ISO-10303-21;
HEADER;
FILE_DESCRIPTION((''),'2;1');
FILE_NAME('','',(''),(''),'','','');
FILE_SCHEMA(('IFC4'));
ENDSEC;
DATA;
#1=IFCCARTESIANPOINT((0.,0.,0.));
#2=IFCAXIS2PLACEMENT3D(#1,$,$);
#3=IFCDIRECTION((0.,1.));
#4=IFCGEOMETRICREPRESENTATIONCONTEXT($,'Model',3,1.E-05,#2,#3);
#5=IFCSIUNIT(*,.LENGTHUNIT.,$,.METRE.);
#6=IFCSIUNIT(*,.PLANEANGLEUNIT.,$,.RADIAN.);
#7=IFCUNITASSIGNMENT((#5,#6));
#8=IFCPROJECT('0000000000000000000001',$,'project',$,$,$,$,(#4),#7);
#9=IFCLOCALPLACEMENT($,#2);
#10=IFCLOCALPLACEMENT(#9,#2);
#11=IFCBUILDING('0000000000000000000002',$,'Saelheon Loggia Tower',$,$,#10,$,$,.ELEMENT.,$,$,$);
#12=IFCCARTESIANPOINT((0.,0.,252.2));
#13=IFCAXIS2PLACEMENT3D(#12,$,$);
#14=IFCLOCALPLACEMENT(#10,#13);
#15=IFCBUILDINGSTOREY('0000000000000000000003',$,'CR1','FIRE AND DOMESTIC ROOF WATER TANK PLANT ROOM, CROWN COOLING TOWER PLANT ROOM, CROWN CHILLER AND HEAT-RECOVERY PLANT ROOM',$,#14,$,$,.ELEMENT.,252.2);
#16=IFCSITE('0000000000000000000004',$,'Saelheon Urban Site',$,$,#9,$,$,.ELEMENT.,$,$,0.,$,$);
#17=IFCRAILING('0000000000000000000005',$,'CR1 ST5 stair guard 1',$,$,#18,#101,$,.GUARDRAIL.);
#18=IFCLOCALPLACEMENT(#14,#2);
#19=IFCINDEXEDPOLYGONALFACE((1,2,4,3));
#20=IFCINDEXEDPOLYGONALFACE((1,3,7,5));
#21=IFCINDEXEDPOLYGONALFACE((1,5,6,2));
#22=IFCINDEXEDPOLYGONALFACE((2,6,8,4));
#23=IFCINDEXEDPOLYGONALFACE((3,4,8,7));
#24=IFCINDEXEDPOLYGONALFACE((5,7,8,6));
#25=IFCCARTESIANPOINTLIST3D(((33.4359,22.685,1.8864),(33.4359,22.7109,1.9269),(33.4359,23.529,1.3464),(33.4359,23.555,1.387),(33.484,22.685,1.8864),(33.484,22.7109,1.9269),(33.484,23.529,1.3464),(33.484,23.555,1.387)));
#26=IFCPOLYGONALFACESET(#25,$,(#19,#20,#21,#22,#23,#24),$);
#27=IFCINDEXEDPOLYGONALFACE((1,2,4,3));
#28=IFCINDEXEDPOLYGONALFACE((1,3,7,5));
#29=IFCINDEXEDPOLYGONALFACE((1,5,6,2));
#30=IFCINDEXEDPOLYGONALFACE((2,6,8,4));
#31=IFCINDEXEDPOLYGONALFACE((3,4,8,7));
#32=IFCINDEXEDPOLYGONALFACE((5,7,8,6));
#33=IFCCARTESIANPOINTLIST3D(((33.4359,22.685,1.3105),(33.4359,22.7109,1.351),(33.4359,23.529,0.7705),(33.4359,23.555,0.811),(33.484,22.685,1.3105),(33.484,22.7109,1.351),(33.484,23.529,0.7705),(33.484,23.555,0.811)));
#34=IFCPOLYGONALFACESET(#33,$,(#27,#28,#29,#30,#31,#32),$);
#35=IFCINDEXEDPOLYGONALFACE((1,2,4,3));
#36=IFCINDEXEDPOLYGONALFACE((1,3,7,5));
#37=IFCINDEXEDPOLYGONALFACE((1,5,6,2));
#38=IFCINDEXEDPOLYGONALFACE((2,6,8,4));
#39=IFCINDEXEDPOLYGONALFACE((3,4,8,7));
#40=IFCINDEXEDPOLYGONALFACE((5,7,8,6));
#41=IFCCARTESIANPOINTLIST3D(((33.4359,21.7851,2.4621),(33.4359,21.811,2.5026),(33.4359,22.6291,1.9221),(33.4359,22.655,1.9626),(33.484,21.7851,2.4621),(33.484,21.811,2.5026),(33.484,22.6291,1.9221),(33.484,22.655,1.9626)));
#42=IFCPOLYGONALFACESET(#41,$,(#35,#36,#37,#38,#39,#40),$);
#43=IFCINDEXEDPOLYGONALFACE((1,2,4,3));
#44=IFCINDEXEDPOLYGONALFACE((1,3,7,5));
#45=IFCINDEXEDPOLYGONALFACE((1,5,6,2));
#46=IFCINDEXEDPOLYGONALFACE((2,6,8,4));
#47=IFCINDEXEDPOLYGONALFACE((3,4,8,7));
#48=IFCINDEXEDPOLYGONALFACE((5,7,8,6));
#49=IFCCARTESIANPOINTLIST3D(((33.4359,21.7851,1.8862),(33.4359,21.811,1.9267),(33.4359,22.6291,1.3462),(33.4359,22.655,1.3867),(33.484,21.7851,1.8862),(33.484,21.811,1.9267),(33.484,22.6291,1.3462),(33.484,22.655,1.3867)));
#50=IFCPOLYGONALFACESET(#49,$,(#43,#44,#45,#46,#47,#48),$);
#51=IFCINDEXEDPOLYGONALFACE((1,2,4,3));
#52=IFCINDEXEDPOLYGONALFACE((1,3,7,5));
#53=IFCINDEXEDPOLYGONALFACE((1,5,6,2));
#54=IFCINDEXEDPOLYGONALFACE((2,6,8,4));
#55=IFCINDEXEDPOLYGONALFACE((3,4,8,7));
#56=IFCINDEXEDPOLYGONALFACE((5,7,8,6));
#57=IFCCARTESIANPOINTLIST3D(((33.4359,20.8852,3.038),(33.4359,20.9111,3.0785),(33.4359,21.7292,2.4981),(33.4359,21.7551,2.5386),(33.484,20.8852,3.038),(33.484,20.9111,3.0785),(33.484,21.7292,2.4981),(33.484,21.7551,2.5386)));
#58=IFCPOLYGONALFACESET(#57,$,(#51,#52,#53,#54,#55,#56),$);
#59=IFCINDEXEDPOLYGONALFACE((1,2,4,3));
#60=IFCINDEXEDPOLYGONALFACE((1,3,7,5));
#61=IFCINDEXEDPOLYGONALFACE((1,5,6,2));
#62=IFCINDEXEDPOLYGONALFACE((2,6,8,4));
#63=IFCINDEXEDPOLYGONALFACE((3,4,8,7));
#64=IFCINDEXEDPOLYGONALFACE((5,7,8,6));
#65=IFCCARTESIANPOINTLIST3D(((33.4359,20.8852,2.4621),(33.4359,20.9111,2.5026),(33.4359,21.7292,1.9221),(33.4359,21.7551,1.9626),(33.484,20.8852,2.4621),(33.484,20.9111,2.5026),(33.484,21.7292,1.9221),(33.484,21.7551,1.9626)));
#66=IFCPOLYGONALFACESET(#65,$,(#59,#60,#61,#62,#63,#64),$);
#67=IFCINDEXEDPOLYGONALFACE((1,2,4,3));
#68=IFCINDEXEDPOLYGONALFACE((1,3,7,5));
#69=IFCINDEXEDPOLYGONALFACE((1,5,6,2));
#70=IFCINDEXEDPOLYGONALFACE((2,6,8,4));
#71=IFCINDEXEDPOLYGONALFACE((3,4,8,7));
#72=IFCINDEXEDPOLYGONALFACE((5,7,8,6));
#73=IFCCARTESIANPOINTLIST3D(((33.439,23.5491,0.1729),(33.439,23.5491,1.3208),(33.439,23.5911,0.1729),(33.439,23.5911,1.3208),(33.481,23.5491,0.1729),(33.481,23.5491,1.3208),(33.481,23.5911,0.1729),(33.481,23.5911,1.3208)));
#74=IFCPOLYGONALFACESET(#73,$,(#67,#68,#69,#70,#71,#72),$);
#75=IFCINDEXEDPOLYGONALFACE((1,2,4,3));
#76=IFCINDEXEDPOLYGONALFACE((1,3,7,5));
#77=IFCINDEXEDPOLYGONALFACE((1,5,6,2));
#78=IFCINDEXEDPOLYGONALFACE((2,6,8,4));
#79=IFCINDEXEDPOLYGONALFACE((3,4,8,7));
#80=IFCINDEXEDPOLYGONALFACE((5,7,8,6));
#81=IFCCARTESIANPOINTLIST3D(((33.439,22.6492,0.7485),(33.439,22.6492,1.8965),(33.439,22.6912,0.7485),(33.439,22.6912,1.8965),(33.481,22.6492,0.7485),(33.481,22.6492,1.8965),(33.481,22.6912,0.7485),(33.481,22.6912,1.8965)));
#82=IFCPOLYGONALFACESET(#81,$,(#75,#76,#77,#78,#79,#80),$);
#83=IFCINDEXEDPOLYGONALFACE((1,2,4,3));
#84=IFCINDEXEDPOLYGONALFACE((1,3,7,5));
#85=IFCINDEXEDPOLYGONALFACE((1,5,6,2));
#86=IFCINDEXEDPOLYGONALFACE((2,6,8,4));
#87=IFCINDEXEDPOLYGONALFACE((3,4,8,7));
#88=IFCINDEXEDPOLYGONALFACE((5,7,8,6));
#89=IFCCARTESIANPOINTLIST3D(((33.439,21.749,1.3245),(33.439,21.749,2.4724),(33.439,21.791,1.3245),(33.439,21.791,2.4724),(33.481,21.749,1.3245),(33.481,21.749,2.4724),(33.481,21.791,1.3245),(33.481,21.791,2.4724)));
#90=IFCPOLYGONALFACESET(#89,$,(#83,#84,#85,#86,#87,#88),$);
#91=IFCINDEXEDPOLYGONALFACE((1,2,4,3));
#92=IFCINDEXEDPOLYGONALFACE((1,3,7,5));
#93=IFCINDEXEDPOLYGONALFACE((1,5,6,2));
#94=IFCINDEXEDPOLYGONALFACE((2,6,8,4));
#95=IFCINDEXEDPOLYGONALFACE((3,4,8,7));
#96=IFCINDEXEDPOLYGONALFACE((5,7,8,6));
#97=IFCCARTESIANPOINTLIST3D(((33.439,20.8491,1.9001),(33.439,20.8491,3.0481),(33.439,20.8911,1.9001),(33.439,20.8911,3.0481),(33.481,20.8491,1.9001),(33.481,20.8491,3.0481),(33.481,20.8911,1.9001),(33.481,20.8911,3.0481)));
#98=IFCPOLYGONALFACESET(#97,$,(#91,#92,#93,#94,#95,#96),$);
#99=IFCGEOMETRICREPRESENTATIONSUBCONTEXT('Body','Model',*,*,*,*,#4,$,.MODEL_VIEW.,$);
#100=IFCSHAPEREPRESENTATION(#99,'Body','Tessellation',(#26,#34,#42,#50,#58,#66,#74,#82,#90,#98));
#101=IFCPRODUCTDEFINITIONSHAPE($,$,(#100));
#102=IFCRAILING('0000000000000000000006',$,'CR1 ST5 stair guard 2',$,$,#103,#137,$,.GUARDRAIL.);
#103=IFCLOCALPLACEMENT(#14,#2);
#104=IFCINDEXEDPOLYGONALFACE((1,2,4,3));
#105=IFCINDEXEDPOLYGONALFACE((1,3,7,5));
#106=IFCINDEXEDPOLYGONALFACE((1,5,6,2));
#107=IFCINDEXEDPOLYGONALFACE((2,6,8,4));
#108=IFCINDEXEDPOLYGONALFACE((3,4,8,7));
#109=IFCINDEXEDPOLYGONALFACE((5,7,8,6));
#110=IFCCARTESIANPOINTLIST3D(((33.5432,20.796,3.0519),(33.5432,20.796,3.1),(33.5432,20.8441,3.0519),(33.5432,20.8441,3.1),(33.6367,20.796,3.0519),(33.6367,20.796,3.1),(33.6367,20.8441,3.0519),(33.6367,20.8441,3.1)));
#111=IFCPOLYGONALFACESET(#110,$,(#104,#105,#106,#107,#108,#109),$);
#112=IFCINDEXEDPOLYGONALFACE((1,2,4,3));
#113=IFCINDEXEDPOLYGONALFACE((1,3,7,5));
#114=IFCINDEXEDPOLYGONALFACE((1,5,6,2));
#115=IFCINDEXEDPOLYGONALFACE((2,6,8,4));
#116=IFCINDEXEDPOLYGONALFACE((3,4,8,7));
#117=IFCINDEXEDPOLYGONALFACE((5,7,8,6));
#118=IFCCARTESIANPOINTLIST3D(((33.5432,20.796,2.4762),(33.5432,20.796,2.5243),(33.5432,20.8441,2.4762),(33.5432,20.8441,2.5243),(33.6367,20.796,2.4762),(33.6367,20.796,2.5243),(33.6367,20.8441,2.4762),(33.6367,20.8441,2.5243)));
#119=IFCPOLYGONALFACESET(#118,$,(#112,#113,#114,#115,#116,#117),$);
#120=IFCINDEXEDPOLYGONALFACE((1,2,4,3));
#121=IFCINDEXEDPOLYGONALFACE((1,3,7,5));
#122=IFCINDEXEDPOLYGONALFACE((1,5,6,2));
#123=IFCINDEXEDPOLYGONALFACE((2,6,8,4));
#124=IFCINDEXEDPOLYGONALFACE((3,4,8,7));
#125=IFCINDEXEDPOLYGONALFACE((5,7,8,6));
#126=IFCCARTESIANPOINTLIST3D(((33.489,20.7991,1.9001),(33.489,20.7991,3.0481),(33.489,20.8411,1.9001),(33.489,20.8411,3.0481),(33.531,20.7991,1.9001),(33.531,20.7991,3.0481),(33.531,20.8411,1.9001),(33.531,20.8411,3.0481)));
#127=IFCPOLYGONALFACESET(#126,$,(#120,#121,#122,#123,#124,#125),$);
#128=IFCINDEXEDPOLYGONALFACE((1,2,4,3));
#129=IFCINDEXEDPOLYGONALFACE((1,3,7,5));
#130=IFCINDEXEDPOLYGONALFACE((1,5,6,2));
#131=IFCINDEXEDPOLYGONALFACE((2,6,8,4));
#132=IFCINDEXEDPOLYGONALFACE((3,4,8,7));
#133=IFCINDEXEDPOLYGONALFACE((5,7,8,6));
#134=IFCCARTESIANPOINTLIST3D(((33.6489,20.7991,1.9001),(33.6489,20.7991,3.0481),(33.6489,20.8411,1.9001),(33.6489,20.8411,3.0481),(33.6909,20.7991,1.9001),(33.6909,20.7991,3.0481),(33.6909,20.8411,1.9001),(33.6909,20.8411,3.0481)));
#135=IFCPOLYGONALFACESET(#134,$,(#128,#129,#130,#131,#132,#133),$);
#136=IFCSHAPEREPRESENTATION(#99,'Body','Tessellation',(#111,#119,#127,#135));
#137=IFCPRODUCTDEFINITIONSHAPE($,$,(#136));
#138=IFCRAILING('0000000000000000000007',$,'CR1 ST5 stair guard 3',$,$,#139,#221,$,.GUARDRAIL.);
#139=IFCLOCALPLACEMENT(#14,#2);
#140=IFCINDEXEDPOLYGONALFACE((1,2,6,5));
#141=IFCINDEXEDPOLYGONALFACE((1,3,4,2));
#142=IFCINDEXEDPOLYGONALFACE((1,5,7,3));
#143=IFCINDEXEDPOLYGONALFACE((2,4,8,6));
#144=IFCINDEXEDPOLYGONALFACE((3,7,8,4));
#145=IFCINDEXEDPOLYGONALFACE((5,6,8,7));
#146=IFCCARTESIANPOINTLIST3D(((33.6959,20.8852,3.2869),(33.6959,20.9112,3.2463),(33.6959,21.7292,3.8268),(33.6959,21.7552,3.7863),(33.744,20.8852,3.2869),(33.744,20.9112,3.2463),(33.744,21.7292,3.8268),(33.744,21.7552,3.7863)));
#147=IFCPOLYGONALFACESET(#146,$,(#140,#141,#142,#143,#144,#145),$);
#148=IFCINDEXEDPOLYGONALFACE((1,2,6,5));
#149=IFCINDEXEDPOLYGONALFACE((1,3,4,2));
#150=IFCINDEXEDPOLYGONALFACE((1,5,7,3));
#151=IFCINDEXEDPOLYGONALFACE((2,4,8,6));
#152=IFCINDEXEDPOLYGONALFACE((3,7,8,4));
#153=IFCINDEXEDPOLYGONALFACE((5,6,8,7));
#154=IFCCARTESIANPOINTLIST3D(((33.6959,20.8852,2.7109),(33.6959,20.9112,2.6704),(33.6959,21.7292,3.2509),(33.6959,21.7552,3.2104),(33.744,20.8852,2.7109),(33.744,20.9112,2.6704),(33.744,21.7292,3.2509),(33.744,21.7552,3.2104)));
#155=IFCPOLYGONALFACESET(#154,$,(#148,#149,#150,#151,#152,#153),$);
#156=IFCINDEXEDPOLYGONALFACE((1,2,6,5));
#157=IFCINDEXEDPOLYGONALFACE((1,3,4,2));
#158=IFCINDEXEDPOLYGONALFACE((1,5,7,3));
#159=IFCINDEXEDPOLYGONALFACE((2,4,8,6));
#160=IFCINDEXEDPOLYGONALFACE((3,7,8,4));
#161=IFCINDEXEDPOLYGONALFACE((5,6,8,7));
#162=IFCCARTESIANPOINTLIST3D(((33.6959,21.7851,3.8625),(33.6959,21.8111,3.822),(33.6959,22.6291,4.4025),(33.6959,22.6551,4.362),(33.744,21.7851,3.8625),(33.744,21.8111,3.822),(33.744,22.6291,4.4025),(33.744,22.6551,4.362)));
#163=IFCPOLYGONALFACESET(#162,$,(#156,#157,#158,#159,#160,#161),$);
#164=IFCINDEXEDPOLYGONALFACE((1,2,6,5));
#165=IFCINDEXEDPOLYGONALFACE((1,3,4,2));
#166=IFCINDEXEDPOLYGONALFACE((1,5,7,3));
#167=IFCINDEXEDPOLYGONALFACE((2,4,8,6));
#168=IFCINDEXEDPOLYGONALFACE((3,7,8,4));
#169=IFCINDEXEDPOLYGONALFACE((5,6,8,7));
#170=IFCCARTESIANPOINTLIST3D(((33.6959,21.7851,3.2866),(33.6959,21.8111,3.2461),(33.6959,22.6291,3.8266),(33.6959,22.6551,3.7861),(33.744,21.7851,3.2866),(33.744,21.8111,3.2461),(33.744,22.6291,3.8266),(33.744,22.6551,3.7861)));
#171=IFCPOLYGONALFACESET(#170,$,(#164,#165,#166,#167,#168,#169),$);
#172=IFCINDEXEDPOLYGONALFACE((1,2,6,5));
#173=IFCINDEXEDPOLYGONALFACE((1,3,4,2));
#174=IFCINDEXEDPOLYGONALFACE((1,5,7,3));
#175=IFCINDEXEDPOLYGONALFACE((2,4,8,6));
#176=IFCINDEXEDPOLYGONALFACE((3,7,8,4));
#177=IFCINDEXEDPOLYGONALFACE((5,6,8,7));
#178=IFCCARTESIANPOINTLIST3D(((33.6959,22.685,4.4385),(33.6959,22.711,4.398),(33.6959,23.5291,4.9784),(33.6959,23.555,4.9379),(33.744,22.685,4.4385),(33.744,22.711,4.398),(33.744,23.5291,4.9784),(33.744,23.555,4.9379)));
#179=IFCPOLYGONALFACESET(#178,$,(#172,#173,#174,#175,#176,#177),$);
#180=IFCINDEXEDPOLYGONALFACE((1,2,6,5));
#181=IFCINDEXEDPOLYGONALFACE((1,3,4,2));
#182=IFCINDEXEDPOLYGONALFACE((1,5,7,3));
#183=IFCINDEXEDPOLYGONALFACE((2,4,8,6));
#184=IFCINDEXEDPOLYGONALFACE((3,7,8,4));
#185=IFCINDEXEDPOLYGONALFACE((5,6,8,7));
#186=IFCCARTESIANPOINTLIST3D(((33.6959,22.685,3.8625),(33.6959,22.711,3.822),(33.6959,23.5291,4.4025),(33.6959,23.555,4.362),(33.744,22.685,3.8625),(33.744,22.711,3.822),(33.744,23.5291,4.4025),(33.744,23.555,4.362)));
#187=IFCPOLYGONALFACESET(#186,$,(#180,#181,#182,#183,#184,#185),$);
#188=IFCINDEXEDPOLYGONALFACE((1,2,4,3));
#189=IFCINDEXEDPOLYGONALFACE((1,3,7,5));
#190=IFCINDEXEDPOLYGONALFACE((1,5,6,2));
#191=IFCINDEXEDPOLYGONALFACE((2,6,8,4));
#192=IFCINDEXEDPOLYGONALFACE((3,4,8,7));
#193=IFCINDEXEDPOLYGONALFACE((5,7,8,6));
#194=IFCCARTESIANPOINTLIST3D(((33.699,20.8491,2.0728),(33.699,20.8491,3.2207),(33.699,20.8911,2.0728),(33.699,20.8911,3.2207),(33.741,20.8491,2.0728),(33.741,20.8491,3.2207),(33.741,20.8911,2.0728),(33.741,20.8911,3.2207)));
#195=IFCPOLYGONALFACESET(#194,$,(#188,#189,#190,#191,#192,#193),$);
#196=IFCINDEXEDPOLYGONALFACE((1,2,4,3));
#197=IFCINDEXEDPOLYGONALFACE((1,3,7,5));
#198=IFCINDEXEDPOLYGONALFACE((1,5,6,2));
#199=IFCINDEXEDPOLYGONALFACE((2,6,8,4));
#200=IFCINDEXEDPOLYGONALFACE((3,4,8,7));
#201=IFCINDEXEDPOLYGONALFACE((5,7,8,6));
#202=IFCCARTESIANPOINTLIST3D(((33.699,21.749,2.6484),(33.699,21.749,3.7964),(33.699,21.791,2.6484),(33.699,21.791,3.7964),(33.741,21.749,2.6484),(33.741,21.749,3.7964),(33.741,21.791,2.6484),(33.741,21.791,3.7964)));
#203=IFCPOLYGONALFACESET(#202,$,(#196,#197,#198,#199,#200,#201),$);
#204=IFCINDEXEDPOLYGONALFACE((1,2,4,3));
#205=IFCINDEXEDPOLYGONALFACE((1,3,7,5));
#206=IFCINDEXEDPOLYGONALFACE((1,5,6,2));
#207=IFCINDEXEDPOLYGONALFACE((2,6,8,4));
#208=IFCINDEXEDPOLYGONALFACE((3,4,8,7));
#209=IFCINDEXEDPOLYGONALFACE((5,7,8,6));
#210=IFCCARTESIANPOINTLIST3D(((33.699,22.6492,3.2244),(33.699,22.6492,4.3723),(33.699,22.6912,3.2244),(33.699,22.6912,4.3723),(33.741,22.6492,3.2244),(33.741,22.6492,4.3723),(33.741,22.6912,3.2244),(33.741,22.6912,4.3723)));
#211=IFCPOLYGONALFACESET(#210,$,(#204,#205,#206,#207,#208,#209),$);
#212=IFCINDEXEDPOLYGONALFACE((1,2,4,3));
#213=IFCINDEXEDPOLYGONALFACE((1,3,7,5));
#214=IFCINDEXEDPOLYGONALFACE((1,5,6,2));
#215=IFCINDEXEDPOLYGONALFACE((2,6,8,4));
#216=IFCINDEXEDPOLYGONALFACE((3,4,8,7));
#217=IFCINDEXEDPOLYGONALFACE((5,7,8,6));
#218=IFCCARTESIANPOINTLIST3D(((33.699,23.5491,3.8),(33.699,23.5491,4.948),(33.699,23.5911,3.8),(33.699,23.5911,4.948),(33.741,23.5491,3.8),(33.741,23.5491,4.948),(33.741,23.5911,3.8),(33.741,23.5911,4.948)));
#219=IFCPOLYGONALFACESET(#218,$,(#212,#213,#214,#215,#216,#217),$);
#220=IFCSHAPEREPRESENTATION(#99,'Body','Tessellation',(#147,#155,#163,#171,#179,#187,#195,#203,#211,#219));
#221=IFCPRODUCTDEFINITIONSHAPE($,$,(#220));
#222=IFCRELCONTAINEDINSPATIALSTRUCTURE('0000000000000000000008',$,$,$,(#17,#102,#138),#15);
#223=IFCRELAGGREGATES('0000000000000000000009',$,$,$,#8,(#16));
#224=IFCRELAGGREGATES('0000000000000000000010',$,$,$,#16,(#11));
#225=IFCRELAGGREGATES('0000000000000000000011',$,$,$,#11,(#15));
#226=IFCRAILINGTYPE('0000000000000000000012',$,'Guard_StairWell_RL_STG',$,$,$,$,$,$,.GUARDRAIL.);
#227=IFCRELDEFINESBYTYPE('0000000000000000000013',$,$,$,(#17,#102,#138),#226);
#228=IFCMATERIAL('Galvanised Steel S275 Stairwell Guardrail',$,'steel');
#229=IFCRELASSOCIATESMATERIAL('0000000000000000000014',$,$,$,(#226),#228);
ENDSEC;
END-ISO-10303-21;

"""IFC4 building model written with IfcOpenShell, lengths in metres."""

from ifc_helpers import new_model, si_unit, direction, frame, origin, origin_2d, place, context, subcontext, project, spatial, rectangle, extrude, material, type_object, element, save


model = new_model("IFC4")

# Units and contexts
model_context = context("Model", 3, precision=1e-05, world=origin(), true_north=direction((0.0, 1.0)))
body_context = subcontext(model_context, "Body", "Model", "MODEL_VIEW")
ifc_project = project(units=[si_unit("LENGTHUNIT", "METRE"), si_unit("PLANEANGLEUNIT", "RADIAN")], contexts=[model_context])

# Site, building, storey
site_placement = place(None, origin())
site = spatial("IfcSite", under=ifc_project, at=site_placement, Name="Saelheon Urban Site", CompositionType="ELEMENT", RefElevation=0.0)
building_placement = place(site_placement, origin())
building = spatial("IfcBuilding", under=site, at=building_placement, Name="Saelheon Loggia Tower", CompositionType="ELEMENT")
storey_placement = place(building_placement, frame((0.0, 0.0, 252.2)))
storey = spatial("IfcBuildingStorey", under=building, at=storey_placement, Name="CR1", Description="FIRE AND DOMESTIC ROOF WATER TANK PLANT ROOM, CROWN COOLING TOWER PLANT ROOM, CROWN CHILLER AND HEAT-RECOVERY PLANT ROOM", CompositionType="ELEMENT", Elevation=252.2)

# Railings
ifc_material_1 = material(Name="Galvanised Steel S275 Stairwell Guardrail", Category="steel")
railing_type_1 = type_object("IfcRailingType", Name="Guard_StairWell_RL_STG", PredefinedType="GUARDRAIL", material=ifc_material_1)
railing_1_placement = place(storey_placement, frame((33.46, 23.5701, 0.1729)))
element("IfcRailing", 1, at=railing_1_placement, inside=storey, type_object=railing_type_1, Name="CR1 ST5 stair guard 1", PredefinedType="GUARDRAIL", context=body_context, shape_type="SweptSolid", body=[
    extrude(rectangle(XDim=0.0481, YDim=0.0481, at=origin_2d()), frame((0.0, -0.0281, 1.1938), z_axis=(0.0, -0.842367, 0.538905), x_axis=(1.0, 0.0, 0.0)), (0.0, 0.0, 1.0), 1.002),
    extrude(rectangle(XDim=0.0481, YDim=0.0481, at=origin_2d()), frame((0.0, -0.0281, 0.6179), z_axis=(0.0, -0.842367, 0.538905), x_axis=(1.0, 0.0, 0.0)), (0.0, 0.0, 1.0), 1.002),
    extrude(rectangle(XDim=0.0481, YDim=0.0481, at=origin_2d()), frame((0.0, -0.928, 1.7695), z_axis=(0.0, -0.842367, 0.538905), x_axis=(1.0, 0.0, 0.0)), (0.0, 0.0, 1.0), 1.002),
    extrude(rectangle(XDim=0.0481, YDim=0.0481, at=origin_2d()), frame((0.0, -0.928, 1.1936), z_axis=(0.0, -0.842367, 0.538905), x_axis=(1.0, 0.0, 0.0)), (0.0, 0.0, 1.0), 1.002),
    extrude(rectangle(XDim=0.0481, YDim=0.0481, at=origin_2d()), frame((0.0, -1.8279, 2.3455), z_axis=(0.0, -0.842367, 0.538905), x_axis=(1.0, 0.0, 0.0)), (0.0, 0.0, 1.0), 1.002),
    extrude(rectangle(XDim=0.0481, YDim=0.0481, at=origin_2d()), frame((0.0, -1.8279, 1.7695), z_axis=(0.0, -0.842367, 0.538905), x_axis=(1.0, 0.0, 0.0)), (0.0, 0.0, 1.0), 1.002),
    extrude(rectangle(XDim=0.042, YDim=0.042, at=origin_2d()), origin(), (0.0, 0.0, 1.0), 1.1479),
    extrude(rectangle(XDim=0.042, YDim=0.042, at=origin_2d()), frame((0.0, -0.8999, 0.5757)), (0.0, 0.0, 1.0), 1.1479),
    extrude(rectangle(XDim=0.042, YDim=0.042, at=origin_2d()), frame((0.0, -1.8, 1.1516)), (0.0, 0.0, 1.0), 1.1479),
    extrude(rectangle(XDim=0.042, YDim=0.042, at=origin_2d()), frame((0.0, -2.7, 1.7273)), (0.0, 0.0, 1.0), 1.1479),
])
railing_2_placement = place(storey_placement, frame((33.51, 20.8201, 1.9001)))
element("IfcRailing", 2, at=railing_2_placement, inside=storey, type_object=railing_type_1, Name="CR1 ST5 stair guard 2", PredefinedType="GUARDRAIL", context=body_context, shape_type="SweptSolid", body=[
    extrude(rectangle(XDim=0.0481, YDim=0.0481, at=origin_2d()), frame((0.0332, 0.0, 1.1758), z_axis=(1.0, 0.0, 0.0), x_axis=(0.0, 1.0, 0.0)), (0.0, 0.0, 1.0), 0.0935),
    extrude(rectangle(XDim=0.0481, YDim=0.0481, at=origin_2d()), frame((0.0332, 0.0, 0.6001), z_axis=(1.0, 0.0, 0.0), x_axis=(0.0, 1.0, 0.0)), (0.0, 0.0, 1.0), 0.0935),
    extrude(rectangle(XDim=0.042, YDim=0.042, at=origin_2d()), origin(), (0.0, 0.0, 1.0), 1.1479),
    extrude(rectangle(XDim=0.042, YDim=0.042, at=origin_2d()), frame((0.1599, 0.0, 0.0)), (0.0, 0.0, 1.0), 1.1479),
])
railing_3_placement = place(storey_placement, frame((33.72, 20.8701, 2.0728)))
element("IfcRailing", 3, at=railing_3_placement, inside=storey, type_object=railing_type_1, Name="CR1 ST5 stair guard 3", PredefinedType="GUARDRAIL", context=body_context, shape_type="SweptSolid", body=[
    extrude(rectangle(XDim=0.0481, YDim=0.0481, at=origin_2d()), frame((0.0, 0.0281, 1.1938), z_axis=(0.0, 0.842367, 0.538905), x_axis=(-1.0, 0.0, 0.0)), (0.0, 0.0, 1.0), 1.002),
    extrude(rectangle(XDim=0.0481, YDim=0.0481, at=origin_2d()), frame((0.0, 0.0281, 0.6179), z_axis=(0.0, 0.842367, 0.538905), x_axis=(-1.0, 0.0, 0.0)), (0.0, 0.0, 1.0), 1.002),
    extrude(rectangle(XDim=0.0481, YDim=0.0481, at=origin_2d()), frame((0.0, 0.928, 1.7695), z_axis=(0.0, 0.842367, 0.538905), x_axis=(-1.0, 0.0, 0.0)), (0.0, 0.0, 1.0), 1.002),
    extrude(rectangle(XDim=0.0481, YDim=0.0481, at=origin_2d()), frame((0.0, 0.928, 1.1936), z_axis=(0.0, 0.842367, 0.538905), x_axis=(-1.0, 0.0, 0.0)), (0.0, 0.0, 1.0), 1.002),
    extrude(rectangle(XDim=0.0481, YDim=0.0481, at=origin_2d()), frame((0.0, 1.8279, 2.3455), z_axis=(0.0, 0.842367, 0.538905), x_axis=(-1.0, 0.0, 0.0)), (0.0, 0.0, 1.0), 1.002),
    extrude(rectangle(XDim=0.0481, YDim=0.0481, at=origin_2d()), frame((0.0, 1.8279, 1.7695), z_axis=(0.0, 0.842367, 0.538905), x_axis=(-1.0, 0.0, 0.0)), (0.0, 0.0, 1.0), 1.002),
    extrude(rectangle(XDim=0.042, YDim=0.042, at=origin_2d()), origin(), (0.0, 0.0, 1.0), 1.1479),
    extrude(rectangle(XDim=0.042, YDim=0.042, at=origin_2d()), frame((0.0, 0.8999, 0.5757)), (0.0, 0.0, 1.0), 1.1479),
    extrude(rectangle(XDim=0.042, YDim=0.042, at=origin_2d()), frame((0.0, 1.8, 1.1516)), (0.0, 0.0, 1.0), 1.1479),
    extrude(rectangle(XDim=0.042, YDim=0.042, at=origin_2d()), frame((0.0, 2.7, 1.7273)), (0.0, 0.0, 1.0), 1.1479),
])

save(model, "model.ifc")
